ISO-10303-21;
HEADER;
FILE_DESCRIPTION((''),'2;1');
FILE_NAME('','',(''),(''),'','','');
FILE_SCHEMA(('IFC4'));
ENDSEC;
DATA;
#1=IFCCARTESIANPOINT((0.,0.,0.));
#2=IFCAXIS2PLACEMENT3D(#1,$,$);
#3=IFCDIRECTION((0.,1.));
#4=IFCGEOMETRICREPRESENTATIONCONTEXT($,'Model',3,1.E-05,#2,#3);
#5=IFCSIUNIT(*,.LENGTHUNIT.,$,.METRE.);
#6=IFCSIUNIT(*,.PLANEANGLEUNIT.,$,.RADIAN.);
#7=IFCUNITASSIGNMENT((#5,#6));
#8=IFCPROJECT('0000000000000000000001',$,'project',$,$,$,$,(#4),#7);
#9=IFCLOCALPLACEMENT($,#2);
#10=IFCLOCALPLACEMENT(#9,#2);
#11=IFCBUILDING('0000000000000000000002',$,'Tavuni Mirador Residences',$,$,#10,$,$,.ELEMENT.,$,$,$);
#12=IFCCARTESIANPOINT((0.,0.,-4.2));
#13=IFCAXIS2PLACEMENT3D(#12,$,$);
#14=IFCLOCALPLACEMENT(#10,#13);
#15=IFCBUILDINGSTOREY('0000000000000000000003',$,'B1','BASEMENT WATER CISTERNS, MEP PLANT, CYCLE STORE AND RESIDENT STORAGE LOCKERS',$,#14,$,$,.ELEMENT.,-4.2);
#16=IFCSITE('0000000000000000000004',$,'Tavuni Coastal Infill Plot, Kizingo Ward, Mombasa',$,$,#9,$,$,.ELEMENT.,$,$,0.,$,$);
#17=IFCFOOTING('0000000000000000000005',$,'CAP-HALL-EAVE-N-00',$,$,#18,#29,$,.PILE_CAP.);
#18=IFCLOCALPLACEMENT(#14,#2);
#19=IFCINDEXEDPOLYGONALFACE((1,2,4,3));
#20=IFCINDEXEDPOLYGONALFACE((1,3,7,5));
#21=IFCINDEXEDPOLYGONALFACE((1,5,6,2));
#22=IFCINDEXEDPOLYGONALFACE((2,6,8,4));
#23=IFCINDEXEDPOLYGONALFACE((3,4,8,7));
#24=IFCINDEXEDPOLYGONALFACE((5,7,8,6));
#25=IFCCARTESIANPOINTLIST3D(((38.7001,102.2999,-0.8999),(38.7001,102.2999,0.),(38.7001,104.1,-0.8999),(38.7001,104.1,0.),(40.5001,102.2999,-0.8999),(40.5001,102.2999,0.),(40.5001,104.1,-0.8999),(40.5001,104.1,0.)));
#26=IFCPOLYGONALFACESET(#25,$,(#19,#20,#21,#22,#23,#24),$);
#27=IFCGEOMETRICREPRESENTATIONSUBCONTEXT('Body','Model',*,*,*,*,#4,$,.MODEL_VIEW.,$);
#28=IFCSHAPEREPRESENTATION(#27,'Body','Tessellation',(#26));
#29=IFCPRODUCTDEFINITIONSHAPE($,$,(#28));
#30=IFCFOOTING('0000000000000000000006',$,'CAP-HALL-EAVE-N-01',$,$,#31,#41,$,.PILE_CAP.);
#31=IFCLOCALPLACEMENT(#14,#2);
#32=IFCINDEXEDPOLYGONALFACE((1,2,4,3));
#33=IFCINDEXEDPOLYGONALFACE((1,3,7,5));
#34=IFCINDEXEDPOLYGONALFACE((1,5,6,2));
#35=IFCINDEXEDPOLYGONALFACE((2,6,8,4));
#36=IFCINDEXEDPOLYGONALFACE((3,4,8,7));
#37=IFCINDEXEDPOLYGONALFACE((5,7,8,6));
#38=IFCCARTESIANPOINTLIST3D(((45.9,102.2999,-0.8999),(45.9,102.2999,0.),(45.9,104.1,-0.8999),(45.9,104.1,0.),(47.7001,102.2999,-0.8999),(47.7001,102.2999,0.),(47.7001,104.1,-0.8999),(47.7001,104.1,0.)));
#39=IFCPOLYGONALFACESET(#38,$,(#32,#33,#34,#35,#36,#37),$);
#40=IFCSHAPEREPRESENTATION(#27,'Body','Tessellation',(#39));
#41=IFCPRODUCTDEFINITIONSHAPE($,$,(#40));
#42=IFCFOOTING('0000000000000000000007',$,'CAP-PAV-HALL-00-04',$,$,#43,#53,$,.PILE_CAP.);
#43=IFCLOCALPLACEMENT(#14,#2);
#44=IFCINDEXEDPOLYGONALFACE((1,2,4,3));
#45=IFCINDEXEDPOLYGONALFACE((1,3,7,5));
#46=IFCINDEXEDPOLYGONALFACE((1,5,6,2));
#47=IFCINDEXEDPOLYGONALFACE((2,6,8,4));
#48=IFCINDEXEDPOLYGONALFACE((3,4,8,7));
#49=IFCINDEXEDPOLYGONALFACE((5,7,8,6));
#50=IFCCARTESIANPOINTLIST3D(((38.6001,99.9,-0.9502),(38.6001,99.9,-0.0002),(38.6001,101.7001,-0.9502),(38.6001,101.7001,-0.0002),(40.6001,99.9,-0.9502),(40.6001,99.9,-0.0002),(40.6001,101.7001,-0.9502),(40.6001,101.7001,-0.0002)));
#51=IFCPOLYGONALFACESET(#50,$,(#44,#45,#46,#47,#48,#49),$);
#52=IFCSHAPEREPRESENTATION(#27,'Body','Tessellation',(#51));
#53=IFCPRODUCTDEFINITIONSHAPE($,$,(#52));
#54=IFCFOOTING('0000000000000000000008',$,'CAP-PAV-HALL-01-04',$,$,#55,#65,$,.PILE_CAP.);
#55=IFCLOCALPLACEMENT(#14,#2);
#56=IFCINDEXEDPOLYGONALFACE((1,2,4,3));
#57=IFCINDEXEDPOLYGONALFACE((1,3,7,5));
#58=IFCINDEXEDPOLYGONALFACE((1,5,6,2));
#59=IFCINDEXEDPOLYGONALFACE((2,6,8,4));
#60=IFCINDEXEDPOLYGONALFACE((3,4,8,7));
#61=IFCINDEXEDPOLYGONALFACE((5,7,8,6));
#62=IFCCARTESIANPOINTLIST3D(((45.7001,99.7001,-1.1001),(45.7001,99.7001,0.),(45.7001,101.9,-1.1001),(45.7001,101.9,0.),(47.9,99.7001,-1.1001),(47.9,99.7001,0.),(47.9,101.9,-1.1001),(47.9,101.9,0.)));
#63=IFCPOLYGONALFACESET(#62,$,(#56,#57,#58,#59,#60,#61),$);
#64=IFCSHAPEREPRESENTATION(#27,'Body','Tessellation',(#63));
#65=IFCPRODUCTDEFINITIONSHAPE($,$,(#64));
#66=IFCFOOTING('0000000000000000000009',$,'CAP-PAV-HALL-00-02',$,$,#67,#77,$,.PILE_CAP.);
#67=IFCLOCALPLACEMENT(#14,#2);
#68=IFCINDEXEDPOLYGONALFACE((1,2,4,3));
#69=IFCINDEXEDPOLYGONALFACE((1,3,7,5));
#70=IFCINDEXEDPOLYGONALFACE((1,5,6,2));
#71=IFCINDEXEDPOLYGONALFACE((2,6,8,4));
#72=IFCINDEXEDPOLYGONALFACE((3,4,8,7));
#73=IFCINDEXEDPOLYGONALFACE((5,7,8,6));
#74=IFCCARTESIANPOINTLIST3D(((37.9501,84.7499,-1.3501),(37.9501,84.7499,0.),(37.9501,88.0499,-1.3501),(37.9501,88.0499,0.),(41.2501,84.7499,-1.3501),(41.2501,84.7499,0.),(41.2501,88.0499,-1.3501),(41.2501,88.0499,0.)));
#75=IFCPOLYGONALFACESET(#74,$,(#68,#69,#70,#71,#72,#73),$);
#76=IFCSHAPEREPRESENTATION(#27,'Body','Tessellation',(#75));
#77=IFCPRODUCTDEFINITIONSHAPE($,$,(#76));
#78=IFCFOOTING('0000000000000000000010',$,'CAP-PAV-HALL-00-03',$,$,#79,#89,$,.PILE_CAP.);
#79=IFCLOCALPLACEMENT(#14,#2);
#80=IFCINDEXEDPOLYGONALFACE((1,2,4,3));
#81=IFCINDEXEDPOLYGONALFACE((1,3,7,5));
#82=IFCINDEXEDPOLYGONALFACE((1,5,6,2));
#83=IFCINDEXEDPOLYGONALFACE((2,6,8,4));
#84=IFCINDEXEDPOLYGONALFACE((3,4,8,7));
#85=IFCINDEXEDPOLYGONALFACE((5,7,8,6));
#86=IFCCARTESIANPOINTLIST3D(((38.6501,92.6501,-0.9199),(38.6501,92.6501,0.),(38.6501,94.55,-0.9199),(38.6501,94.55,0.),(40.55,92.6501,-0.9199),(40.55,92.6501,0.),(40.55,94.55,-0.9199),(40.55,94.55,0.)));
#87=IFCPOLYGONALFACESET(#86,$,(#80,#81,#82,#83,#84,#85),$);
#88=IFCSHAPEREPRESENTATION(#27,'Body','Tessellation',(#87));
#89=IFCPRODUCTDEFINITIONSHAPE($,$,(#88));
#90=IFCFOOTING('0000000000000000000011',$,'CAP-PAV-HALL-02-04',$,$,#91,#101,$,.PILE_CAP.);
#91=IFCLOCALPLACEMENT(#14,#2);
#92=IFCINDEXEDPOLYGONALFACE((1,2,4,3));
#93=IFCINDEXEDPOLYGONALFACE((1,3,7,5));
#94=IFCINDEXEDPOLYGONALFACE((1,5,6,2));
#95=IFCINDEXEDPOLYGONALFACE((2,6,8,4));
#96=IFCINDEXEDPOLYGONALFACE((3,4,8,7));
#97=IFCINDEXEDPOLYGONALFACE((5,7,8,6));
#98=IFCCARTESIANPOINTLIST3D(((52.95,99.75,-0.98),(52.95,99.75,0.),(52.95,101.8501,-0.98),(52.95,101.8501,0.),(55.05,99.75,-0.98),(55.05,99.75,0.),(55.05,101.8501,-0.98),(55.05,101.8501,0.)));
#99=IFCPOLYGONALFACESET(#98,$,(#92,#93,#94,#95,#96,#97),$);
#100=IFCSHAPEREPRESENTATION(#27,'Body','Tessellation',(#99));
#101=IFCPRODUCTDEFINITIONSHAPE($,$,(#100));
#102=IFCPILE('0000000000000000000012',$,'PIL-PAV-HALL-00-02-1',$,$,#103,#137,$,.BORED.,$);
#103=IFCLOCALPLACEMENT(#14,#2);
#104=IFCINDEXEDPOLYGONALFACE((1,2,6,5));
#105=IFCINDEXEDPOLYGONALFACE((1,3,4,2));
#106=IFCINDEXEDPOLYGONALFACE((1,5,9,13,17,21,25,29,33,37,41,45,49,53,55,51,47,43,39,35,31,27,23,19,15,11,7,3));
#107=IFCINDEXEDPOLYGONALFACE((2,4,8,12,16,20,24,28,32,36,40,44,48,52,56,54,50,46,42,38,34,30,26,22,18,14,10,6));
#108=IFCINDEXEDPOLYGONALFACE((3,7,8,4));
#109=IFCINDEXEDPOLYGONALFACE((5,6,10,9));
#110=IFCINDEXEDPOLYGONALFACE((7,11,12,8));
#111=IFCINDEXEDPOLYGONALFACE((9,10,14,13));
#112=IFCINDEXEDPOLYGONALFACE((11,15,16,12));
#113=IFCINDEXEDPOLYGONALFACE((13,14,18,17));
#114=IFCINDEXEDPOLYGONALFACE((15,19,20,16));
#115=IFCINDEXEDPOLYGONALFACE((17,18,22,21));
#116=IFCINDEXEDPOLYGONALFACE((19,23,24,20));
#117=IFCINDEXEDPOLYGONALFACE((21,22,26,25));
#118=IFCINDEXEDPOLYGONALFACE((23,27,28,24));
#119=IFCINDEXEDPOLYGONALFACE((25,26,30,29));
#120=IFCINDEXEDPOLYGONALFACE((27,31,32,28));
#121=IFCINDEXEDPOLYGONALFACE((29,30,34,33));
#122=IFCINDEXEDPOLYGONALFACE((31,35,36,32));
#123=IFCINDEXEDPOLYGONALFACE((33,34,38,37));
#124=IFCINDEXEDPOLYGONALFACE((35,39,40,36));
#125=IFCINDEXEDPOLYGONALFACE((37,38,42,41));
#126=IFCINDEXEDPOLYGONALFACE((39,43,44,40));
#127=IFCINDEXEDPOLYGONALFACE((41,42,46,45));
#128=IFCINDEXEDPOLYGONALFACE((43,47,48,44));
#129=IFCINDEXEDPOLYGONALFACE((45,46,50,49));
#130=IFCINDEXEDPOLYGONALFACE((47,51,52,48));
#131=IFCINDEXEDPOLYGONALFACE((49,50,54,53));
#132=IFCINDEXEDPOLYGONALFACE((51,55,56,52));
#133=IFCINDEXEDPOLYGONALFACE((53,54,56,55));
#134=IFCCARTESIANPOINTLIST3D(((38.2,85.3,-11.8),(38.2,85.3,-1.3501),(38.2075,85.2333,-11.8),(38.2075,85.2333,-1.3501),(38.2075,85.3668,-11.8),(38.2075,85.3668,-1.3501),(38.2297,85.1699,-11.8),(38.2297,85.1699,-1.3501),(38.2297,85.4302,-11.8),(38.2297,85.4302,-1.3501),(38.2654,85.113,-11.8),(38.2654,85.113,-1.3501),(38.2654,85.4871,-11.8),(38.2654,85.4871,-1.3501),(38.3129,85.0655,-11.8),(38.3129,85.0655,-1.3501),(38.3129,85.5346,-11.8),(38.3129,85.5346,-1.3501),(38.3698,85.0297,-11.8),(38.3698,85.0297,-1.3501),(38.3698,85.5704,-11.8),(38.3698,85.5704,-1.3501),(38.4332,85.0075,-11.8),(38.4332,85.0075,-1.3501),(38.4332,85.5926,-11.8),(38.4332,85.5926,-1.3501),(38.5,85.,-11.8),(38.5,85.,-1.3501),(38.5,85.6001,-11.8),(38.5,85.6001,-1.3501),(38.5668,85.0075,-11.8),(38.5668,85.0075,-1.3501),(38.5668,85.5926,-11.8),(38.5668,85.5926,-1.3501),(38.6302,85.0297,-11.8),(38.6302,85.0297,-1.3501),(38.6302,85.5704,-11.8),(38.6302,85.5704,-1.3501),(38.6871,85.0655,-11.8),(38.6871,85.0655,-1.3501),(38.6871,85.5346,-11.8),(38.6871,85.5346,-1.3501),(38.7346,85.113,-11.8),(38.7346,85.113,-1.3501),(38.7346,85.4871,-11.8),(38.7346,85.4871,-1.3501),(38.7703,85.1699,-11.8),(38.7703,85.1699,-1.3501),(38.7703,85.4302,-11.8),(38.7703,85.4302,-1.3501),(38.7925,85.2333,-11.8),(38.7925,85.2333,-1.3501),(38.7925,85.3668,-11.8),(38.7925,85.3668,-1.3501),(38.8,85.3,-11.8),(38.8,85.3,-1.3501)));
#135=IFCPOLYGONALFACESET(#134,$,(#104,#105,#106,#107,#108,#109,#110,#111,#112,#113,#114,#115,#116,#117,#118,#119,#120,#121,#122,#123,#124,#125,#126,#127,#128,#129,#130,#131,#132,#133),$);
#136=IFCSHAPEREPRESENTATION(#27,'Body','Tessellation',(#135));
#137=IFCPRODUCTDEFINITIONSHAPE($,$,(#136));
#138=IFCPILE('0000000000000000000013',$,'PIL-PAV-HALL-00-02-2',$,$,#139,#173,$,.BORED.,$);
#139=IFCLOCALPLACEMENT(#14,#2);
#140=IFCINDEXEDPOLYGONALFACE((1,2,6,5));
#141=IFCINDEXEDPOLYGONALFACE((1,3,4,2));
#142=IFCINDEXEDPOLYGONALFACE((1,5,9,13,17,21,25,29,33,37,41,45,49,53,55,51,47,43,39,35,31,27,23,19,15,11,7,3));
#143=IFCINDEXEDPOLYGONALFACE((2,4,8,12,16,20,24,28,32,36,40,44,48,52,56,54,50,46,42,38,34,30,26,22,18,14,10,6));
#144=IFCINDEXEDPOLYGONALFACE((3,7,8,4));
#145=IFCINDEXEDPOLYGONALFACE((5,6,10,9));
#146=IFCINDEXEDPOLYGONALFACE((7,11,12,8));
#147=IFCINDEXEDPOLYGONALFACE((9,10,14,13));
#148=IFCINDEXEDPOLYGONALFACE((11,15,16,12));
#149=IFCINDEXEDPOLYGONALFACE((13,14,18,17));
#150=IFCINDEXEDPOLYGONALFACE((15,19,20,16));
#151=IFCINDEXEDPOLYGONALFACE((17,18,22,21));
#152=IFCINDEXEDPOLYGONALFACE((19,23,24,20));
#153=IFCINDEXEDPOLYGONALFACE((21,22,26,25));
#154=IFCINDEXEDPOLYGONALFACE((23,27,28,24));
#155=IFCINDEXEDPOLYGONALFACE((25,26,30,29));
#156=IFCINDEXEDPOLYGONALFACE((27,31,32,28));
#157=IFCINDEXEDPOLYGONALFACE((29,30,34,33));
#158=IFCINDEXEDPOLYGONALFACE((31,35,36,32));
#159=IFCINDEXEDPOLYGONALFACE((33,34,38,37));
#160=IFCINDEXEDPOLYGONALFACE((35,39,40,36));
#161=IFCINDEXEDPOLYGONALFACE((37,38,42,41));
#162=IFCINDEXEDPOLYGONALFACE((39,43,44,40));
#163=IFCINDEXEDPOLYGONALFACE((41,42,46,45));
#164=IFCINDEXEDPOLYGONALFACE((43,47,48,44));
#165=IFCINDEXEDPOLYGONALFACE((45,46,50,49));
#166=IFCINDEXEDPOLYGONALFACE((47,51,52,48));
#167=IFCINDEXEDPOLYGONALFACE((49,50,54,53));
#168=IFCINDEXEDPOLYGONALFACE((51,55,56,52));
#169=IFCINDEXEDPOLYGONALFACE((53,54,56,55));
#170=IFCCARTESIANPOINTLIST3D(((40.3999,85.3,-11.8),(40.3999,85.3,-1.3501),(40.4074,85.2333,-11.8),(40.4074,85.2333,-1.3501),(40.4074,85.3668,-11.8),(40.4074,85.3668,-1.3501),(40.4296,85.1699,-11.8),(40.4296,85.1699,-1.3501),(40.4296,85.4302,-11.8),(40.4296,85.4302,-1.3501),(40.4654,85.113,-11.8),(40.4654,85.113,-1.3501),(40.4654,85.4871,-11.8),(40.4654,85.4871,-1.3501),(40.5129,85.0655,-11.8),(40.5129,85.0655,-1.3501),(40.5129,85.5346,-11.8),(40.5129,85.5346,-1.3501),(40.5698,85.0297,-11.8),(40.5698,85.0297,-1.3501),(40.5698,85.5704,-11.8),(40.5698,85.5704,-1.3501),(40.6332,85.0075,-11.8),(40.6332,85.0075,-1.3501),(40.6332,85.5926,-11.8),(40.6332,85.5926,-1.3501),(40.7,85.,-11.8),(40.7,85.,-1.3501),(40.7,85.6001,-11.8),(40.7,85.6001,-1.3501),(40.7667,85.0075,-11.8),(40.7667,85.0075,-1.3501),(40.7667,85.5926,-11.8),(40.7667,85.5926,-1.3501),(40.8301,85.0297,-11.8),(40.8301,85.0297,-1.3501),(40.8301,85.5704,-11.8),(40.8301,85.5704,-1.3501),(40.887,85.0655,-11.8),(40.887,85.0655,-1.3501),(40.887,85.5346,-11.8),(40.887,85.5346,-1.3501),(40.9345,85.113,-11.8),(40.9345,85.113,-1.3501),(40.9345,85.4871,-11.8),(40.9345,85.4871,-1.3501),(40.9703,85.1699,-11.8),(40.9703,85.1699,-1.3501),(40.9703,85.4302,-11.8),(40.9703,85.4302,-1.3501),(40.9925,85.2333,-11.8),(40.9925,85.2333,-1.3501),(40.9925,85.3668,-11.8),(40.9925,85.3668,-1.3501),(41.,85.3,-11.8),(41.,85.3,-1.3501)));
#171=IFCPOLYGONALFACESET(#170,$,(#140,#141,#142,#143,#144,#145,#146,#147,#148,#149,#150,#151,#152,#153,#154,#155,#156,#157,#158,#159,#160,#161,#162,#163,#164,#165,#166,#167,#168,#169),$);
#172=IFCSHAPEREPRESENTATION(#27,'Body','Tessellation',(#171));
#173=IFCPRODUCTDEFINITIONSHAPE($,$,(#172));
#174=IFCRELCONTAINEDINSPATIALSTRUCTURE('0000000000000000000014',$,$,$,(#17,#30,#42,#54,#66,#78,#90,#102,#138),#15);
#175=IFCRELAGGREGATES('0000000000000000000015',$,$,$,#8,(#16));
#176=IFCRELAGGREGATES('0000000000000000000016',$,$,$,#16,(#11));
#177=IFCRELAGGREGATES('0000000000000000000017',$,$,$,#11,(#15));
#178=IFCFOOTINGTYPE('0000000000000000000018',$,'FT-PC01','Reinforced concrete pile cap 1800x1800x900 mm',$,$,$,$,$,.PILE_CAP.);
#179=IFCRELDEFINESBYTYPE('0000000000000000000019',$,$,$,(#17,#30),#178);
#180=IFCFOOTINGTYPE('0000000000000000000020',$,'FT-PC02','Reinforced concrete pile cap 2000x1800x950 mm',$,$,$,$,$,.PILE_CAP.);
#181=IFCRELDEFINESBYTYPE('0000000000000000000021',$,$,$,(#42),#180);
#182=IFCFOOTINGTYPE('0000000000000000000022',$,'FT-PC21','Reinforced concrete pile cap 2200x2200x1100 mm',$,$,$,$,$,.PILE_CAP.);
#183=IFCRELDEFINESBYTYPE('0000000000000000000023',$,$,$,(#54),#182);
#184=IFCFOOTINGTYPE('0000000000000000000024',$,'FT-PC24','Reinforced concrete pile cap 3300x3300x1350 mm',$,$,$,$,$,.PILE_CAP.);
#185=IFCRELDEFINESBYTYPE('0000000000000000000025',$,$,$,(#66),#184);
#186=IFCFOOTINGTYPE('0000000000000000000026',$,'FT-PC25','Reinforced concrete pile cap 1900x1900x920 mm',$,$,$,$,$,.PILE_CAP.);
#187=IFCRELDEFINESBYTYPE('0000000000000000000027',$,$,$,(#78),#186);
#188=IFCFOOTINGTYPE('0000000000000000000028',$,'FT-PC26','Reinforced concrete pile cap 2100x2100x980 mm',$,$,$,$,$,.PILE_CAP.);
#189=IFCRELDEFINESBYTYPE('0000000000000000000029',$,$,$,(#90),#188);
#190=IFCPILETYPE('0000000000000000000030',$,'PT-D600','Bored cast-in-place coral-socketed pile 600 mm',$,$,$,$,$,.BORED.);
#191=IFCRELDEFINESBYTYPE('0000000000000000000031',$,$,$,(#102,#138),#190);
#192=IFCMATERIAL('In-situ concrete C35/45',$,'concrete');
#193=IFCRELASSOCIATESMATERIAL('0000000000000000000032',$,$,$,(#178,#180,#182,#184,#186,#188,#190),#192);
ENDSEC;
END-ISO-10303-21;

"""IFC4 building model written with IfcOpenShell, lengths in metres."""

from ifc_helpers import new_model, si_unit, direction, frame, origin, origin_2d, place, context, subcontext, project, spatial, rectangle, circle, extrude, material, material_profile, profile_set, type_object, element, save


model = new_model("IFC4")

# Units and contexts
model_context = context("Model", 3, precision=1e-05, world=origin(), true_north=direction((0.0, 1.0)))
body_context = subcontext(model_context, "Body", "Model", "MODEL_VIEW")
ifc_project = project(units=[si_unit("LENGTHUNIT", "METRE"), si_unit("PLANEANGLEUNIT", "RADIAN")], contexts=[model_context])

# Site, building, storey
site_placement = place(None, origin())
site = spatial("IfcSite", under=ifc_project, at=site_placement, Name="Tavuni Coastal Infill Plot, Kizingo Ward, Mombasa", CompositionType="ELEMENT", RefElevation=0.0)
building_placement = place(site_placement, origin())
building = spatial("IfcBuilding", under=site, at=building_placement, Name="Tavuni Mirador Residences", CompositionType="ELEMENT")
storey_placement = place(building_placement, frame((0.0, 0.0, -4.2)))
storey = spatial("IfcBuildingStorey", under=building, at=storey_placement, Name="B1", Description="BASEMENT WATER CISTERNS, MEP PLANT, CYCLE STORE AND RESIDENT STORAGE LOCKERS", CompositionType="ELEMENT", Elevation=-4.2)

# Footings
ifc_material_1 = material(Name="In-situ concrete C35/45", Category="concrete")
footing_type_1 = type_object("IfcFootingType", Name="FT-PC01", Description="Reinforced concrete pile cap 1800x1800x900 mm", PredefinedType="PILE_CAP", material=ifc_material_1)
for number, where, z_axis, x_axis, name in (
    (1, (39.6001, 103.2, -0.8999), (0.0, 0.0, 1.0), (1.0, 0.0, 0.0), "CAP-HALL-EAVE-N-00"),
    (2, (46.8, 103.2, -0.8999), (0.0, 0.0, 1.0), (1.0, 0.0, 0.0), "CAP-HALL-EAVE-N-01"),
):
    element("IfcFooting", number, at=place(storey_placement, frame(where, z_axis=z_axis, x_axis=x_axis)), inside=storey, type_object=footing_type_1, Name=name, PredefinedType="PILE_CAP", context=body_context, shape_type="SweptSolid", body=[
        extrude(rectangle(XDim=1.8, YDim=1.8, at=origin_2d()), origin(), (0.0, 0.0, 1.0), 0.8999),
    ])
footing_type_2 = type_object("IfcFootingType", Name="FT-PC02", Description="Reinforced concrete pile cap 2000x1800x950 mm", PredefinedType="PILE_CAP", material=ifc_material_1)
footing_1_placement = place(storey_placement, frame((39.6001, 100.8, -0.9502), z_axis=(0.0, 0.0, 1.0), x_axis=(1.0, 0.0, 0.0)))
element("IfcFooting", 3, at=footing_1_placement, inside=storey, type_object=footing_type_2, Name="CAP-PAV-HALL-00-04", PredefinedType="PILE_CAP", context=body_context, shape_type="SweptSolid", body=[
    extrude(rectangle(XDim=2.0, YDim=1.8, at=origin_2d()), origin(), (0.0, 0.0, 1.0), 0.95),
])
footing_type_3 = type_object("IfcFootingType", Name="FT-PC21", Description="Reinforced concrete pile cap 2200x2200x1100 mm", PredefinedType="PILE_CAP", material=ifc_material_1)
footing_2_placement = place(storey_placement, frame((46.8, 100.8, -1.1001), z_axis=(0.0, 0.0, 1.0), x_axis=(1.0, 0.0, 0.0)))
element("IfcFooting", 4, at=footing_2_placement, inside=storey, type_object=footing_type_3, Name="CAP-PAV-HALL-01-04", PredefinedType="PILE_CAP", context=body_context, shape_type="SweptSolid", body=[
    extrude(rectangle(XDim=2.2, YDim=2.2, at=origin_2d()), origin(), (0.0, 0.0, 1.0), 1.1001),
])
footing_type_4 = type_object("IfcFootingType", Name="FT-PC24", Description="Reinforced concrete pile cap 3300x3300x1350 mm", PredefinedType="PILE_CAP", material=ifc_material_1)
footing_3_placement = place(storey_placement, frame((39.6001, 86.3999, -1.3501), z_axis=(0.0, 0.0, 1.0), x_axis=(1.0, 0.0, 0.0)))
element("IfcFooting", 5, at=footing_3_placement, inside=storey, type_object=footing_type_4, Name="CAP-PAV-HALL-00-02", PredefinedType="PILE_CAP", context=body_context, shape_type="SweptSolid", body=[
    extrude(rectangle(XDim=3.3, YDim=3.3, at=origin_2d()), origin(), (0.0, 0.0, 1.0), 1.3501),
])
footing_type_5 = type_object("IfcFootingType", Name="FT-PC25", Description="Reinforced concrete pile cap 1900x1900x920 mm", PredefinedType="PILE_CAP", material=ifc_material_1)
footing_4_placement = place(storey_placement, frame((39.6001, 93.6001, -0.9199), z_axis=(0.0, 0.0, 1.0), x_axis=(1.0, 0.0, 0.0)))
element("IfcFooting", 6, at=footing_4_placement, inside=storey, type_object=footing_type_5, Name="CAP-PAV-HALL-00-03", PredefinedType="PILE_CAP", context=body_context, shape_type="SweptSolid", body=[
    extrude(rectangle(XDim=1.8999, YDim=1.8999, at=origin_2d()), origin(), (0.0, 0.0, 1.0), 0.9199),
])
footing_type_6 = type_object("IfcFootingType", Name="FT-PC26", Description="Reinforced concrete pile cap 2100x2100x980 mm", PredefinedType="PILE_CAP", material=ifc_material_1)
footing_5_placement = place(storey_placement, frame((54.0, 100.8, -0.98), z_axis=(0.0, 0.0, 1.0), x_axis=(1.0, 0.0, 0.0)))
element("IfcFooting", 7, at=footing_5_placement, inside=storey, type_object=footing_type_6, Name="CAP-PAV-HALL-02-04", PredefinedType="PILE_CAP", context=body_context, shape_type="SweptSolid", body=[
    extrude(rectangle(XDim=2.1001, YDim=2.1001, at=origin_2d()), origin(), (0.0, 0.0, 1.0), 0.98),
])

# Piles
ifc_material_profile_1 = material_profile(ifc_material_1, circle(Radius=0.3, at=origin_2d()), Name="PILE D600", Category="concrete")
ifc_profile_set_1 = profile_set([ifc_material_profile_1], Name="In-situ concrete C35/45")
pile_type_1 = type_object("IfcPileType", Name="PT-D600", Description="Bored cast-in-place coral-socketed pile 600 mm", PredefinedType="BORED", material=ifc_profile_set_1)
for number, where, z_axis, x_axis, name in (
    (8, (38.5, 85.3, -1.3501), (0.0, 0.0, -1.0), (1.0, 0.0, 0.0), "PIL-PAV-HALL-00-02-1"),
    (9, (40.7, 85.3, -1.3501), (0.0, 0.0, -1.0), (1.0, 0.0, 0.0), "PIL-PAV-HALL-00-02-2"),
):
    element("IfcPile", number, at=place(storey_placement, frame(where, z_axis=z_axis, x_axis=x_axis)), inside=storey, type_object=pile_type_1, Name=name, PredefinedType="BORED", context=body_context, shape_type="SweptSolid", body=[
        extrude(circle(Radius=0.3, at=origin_2d()), origin(), (0.0, 0.0, 1.0), 10.45),
    ])

save(model, "model.ifc")
